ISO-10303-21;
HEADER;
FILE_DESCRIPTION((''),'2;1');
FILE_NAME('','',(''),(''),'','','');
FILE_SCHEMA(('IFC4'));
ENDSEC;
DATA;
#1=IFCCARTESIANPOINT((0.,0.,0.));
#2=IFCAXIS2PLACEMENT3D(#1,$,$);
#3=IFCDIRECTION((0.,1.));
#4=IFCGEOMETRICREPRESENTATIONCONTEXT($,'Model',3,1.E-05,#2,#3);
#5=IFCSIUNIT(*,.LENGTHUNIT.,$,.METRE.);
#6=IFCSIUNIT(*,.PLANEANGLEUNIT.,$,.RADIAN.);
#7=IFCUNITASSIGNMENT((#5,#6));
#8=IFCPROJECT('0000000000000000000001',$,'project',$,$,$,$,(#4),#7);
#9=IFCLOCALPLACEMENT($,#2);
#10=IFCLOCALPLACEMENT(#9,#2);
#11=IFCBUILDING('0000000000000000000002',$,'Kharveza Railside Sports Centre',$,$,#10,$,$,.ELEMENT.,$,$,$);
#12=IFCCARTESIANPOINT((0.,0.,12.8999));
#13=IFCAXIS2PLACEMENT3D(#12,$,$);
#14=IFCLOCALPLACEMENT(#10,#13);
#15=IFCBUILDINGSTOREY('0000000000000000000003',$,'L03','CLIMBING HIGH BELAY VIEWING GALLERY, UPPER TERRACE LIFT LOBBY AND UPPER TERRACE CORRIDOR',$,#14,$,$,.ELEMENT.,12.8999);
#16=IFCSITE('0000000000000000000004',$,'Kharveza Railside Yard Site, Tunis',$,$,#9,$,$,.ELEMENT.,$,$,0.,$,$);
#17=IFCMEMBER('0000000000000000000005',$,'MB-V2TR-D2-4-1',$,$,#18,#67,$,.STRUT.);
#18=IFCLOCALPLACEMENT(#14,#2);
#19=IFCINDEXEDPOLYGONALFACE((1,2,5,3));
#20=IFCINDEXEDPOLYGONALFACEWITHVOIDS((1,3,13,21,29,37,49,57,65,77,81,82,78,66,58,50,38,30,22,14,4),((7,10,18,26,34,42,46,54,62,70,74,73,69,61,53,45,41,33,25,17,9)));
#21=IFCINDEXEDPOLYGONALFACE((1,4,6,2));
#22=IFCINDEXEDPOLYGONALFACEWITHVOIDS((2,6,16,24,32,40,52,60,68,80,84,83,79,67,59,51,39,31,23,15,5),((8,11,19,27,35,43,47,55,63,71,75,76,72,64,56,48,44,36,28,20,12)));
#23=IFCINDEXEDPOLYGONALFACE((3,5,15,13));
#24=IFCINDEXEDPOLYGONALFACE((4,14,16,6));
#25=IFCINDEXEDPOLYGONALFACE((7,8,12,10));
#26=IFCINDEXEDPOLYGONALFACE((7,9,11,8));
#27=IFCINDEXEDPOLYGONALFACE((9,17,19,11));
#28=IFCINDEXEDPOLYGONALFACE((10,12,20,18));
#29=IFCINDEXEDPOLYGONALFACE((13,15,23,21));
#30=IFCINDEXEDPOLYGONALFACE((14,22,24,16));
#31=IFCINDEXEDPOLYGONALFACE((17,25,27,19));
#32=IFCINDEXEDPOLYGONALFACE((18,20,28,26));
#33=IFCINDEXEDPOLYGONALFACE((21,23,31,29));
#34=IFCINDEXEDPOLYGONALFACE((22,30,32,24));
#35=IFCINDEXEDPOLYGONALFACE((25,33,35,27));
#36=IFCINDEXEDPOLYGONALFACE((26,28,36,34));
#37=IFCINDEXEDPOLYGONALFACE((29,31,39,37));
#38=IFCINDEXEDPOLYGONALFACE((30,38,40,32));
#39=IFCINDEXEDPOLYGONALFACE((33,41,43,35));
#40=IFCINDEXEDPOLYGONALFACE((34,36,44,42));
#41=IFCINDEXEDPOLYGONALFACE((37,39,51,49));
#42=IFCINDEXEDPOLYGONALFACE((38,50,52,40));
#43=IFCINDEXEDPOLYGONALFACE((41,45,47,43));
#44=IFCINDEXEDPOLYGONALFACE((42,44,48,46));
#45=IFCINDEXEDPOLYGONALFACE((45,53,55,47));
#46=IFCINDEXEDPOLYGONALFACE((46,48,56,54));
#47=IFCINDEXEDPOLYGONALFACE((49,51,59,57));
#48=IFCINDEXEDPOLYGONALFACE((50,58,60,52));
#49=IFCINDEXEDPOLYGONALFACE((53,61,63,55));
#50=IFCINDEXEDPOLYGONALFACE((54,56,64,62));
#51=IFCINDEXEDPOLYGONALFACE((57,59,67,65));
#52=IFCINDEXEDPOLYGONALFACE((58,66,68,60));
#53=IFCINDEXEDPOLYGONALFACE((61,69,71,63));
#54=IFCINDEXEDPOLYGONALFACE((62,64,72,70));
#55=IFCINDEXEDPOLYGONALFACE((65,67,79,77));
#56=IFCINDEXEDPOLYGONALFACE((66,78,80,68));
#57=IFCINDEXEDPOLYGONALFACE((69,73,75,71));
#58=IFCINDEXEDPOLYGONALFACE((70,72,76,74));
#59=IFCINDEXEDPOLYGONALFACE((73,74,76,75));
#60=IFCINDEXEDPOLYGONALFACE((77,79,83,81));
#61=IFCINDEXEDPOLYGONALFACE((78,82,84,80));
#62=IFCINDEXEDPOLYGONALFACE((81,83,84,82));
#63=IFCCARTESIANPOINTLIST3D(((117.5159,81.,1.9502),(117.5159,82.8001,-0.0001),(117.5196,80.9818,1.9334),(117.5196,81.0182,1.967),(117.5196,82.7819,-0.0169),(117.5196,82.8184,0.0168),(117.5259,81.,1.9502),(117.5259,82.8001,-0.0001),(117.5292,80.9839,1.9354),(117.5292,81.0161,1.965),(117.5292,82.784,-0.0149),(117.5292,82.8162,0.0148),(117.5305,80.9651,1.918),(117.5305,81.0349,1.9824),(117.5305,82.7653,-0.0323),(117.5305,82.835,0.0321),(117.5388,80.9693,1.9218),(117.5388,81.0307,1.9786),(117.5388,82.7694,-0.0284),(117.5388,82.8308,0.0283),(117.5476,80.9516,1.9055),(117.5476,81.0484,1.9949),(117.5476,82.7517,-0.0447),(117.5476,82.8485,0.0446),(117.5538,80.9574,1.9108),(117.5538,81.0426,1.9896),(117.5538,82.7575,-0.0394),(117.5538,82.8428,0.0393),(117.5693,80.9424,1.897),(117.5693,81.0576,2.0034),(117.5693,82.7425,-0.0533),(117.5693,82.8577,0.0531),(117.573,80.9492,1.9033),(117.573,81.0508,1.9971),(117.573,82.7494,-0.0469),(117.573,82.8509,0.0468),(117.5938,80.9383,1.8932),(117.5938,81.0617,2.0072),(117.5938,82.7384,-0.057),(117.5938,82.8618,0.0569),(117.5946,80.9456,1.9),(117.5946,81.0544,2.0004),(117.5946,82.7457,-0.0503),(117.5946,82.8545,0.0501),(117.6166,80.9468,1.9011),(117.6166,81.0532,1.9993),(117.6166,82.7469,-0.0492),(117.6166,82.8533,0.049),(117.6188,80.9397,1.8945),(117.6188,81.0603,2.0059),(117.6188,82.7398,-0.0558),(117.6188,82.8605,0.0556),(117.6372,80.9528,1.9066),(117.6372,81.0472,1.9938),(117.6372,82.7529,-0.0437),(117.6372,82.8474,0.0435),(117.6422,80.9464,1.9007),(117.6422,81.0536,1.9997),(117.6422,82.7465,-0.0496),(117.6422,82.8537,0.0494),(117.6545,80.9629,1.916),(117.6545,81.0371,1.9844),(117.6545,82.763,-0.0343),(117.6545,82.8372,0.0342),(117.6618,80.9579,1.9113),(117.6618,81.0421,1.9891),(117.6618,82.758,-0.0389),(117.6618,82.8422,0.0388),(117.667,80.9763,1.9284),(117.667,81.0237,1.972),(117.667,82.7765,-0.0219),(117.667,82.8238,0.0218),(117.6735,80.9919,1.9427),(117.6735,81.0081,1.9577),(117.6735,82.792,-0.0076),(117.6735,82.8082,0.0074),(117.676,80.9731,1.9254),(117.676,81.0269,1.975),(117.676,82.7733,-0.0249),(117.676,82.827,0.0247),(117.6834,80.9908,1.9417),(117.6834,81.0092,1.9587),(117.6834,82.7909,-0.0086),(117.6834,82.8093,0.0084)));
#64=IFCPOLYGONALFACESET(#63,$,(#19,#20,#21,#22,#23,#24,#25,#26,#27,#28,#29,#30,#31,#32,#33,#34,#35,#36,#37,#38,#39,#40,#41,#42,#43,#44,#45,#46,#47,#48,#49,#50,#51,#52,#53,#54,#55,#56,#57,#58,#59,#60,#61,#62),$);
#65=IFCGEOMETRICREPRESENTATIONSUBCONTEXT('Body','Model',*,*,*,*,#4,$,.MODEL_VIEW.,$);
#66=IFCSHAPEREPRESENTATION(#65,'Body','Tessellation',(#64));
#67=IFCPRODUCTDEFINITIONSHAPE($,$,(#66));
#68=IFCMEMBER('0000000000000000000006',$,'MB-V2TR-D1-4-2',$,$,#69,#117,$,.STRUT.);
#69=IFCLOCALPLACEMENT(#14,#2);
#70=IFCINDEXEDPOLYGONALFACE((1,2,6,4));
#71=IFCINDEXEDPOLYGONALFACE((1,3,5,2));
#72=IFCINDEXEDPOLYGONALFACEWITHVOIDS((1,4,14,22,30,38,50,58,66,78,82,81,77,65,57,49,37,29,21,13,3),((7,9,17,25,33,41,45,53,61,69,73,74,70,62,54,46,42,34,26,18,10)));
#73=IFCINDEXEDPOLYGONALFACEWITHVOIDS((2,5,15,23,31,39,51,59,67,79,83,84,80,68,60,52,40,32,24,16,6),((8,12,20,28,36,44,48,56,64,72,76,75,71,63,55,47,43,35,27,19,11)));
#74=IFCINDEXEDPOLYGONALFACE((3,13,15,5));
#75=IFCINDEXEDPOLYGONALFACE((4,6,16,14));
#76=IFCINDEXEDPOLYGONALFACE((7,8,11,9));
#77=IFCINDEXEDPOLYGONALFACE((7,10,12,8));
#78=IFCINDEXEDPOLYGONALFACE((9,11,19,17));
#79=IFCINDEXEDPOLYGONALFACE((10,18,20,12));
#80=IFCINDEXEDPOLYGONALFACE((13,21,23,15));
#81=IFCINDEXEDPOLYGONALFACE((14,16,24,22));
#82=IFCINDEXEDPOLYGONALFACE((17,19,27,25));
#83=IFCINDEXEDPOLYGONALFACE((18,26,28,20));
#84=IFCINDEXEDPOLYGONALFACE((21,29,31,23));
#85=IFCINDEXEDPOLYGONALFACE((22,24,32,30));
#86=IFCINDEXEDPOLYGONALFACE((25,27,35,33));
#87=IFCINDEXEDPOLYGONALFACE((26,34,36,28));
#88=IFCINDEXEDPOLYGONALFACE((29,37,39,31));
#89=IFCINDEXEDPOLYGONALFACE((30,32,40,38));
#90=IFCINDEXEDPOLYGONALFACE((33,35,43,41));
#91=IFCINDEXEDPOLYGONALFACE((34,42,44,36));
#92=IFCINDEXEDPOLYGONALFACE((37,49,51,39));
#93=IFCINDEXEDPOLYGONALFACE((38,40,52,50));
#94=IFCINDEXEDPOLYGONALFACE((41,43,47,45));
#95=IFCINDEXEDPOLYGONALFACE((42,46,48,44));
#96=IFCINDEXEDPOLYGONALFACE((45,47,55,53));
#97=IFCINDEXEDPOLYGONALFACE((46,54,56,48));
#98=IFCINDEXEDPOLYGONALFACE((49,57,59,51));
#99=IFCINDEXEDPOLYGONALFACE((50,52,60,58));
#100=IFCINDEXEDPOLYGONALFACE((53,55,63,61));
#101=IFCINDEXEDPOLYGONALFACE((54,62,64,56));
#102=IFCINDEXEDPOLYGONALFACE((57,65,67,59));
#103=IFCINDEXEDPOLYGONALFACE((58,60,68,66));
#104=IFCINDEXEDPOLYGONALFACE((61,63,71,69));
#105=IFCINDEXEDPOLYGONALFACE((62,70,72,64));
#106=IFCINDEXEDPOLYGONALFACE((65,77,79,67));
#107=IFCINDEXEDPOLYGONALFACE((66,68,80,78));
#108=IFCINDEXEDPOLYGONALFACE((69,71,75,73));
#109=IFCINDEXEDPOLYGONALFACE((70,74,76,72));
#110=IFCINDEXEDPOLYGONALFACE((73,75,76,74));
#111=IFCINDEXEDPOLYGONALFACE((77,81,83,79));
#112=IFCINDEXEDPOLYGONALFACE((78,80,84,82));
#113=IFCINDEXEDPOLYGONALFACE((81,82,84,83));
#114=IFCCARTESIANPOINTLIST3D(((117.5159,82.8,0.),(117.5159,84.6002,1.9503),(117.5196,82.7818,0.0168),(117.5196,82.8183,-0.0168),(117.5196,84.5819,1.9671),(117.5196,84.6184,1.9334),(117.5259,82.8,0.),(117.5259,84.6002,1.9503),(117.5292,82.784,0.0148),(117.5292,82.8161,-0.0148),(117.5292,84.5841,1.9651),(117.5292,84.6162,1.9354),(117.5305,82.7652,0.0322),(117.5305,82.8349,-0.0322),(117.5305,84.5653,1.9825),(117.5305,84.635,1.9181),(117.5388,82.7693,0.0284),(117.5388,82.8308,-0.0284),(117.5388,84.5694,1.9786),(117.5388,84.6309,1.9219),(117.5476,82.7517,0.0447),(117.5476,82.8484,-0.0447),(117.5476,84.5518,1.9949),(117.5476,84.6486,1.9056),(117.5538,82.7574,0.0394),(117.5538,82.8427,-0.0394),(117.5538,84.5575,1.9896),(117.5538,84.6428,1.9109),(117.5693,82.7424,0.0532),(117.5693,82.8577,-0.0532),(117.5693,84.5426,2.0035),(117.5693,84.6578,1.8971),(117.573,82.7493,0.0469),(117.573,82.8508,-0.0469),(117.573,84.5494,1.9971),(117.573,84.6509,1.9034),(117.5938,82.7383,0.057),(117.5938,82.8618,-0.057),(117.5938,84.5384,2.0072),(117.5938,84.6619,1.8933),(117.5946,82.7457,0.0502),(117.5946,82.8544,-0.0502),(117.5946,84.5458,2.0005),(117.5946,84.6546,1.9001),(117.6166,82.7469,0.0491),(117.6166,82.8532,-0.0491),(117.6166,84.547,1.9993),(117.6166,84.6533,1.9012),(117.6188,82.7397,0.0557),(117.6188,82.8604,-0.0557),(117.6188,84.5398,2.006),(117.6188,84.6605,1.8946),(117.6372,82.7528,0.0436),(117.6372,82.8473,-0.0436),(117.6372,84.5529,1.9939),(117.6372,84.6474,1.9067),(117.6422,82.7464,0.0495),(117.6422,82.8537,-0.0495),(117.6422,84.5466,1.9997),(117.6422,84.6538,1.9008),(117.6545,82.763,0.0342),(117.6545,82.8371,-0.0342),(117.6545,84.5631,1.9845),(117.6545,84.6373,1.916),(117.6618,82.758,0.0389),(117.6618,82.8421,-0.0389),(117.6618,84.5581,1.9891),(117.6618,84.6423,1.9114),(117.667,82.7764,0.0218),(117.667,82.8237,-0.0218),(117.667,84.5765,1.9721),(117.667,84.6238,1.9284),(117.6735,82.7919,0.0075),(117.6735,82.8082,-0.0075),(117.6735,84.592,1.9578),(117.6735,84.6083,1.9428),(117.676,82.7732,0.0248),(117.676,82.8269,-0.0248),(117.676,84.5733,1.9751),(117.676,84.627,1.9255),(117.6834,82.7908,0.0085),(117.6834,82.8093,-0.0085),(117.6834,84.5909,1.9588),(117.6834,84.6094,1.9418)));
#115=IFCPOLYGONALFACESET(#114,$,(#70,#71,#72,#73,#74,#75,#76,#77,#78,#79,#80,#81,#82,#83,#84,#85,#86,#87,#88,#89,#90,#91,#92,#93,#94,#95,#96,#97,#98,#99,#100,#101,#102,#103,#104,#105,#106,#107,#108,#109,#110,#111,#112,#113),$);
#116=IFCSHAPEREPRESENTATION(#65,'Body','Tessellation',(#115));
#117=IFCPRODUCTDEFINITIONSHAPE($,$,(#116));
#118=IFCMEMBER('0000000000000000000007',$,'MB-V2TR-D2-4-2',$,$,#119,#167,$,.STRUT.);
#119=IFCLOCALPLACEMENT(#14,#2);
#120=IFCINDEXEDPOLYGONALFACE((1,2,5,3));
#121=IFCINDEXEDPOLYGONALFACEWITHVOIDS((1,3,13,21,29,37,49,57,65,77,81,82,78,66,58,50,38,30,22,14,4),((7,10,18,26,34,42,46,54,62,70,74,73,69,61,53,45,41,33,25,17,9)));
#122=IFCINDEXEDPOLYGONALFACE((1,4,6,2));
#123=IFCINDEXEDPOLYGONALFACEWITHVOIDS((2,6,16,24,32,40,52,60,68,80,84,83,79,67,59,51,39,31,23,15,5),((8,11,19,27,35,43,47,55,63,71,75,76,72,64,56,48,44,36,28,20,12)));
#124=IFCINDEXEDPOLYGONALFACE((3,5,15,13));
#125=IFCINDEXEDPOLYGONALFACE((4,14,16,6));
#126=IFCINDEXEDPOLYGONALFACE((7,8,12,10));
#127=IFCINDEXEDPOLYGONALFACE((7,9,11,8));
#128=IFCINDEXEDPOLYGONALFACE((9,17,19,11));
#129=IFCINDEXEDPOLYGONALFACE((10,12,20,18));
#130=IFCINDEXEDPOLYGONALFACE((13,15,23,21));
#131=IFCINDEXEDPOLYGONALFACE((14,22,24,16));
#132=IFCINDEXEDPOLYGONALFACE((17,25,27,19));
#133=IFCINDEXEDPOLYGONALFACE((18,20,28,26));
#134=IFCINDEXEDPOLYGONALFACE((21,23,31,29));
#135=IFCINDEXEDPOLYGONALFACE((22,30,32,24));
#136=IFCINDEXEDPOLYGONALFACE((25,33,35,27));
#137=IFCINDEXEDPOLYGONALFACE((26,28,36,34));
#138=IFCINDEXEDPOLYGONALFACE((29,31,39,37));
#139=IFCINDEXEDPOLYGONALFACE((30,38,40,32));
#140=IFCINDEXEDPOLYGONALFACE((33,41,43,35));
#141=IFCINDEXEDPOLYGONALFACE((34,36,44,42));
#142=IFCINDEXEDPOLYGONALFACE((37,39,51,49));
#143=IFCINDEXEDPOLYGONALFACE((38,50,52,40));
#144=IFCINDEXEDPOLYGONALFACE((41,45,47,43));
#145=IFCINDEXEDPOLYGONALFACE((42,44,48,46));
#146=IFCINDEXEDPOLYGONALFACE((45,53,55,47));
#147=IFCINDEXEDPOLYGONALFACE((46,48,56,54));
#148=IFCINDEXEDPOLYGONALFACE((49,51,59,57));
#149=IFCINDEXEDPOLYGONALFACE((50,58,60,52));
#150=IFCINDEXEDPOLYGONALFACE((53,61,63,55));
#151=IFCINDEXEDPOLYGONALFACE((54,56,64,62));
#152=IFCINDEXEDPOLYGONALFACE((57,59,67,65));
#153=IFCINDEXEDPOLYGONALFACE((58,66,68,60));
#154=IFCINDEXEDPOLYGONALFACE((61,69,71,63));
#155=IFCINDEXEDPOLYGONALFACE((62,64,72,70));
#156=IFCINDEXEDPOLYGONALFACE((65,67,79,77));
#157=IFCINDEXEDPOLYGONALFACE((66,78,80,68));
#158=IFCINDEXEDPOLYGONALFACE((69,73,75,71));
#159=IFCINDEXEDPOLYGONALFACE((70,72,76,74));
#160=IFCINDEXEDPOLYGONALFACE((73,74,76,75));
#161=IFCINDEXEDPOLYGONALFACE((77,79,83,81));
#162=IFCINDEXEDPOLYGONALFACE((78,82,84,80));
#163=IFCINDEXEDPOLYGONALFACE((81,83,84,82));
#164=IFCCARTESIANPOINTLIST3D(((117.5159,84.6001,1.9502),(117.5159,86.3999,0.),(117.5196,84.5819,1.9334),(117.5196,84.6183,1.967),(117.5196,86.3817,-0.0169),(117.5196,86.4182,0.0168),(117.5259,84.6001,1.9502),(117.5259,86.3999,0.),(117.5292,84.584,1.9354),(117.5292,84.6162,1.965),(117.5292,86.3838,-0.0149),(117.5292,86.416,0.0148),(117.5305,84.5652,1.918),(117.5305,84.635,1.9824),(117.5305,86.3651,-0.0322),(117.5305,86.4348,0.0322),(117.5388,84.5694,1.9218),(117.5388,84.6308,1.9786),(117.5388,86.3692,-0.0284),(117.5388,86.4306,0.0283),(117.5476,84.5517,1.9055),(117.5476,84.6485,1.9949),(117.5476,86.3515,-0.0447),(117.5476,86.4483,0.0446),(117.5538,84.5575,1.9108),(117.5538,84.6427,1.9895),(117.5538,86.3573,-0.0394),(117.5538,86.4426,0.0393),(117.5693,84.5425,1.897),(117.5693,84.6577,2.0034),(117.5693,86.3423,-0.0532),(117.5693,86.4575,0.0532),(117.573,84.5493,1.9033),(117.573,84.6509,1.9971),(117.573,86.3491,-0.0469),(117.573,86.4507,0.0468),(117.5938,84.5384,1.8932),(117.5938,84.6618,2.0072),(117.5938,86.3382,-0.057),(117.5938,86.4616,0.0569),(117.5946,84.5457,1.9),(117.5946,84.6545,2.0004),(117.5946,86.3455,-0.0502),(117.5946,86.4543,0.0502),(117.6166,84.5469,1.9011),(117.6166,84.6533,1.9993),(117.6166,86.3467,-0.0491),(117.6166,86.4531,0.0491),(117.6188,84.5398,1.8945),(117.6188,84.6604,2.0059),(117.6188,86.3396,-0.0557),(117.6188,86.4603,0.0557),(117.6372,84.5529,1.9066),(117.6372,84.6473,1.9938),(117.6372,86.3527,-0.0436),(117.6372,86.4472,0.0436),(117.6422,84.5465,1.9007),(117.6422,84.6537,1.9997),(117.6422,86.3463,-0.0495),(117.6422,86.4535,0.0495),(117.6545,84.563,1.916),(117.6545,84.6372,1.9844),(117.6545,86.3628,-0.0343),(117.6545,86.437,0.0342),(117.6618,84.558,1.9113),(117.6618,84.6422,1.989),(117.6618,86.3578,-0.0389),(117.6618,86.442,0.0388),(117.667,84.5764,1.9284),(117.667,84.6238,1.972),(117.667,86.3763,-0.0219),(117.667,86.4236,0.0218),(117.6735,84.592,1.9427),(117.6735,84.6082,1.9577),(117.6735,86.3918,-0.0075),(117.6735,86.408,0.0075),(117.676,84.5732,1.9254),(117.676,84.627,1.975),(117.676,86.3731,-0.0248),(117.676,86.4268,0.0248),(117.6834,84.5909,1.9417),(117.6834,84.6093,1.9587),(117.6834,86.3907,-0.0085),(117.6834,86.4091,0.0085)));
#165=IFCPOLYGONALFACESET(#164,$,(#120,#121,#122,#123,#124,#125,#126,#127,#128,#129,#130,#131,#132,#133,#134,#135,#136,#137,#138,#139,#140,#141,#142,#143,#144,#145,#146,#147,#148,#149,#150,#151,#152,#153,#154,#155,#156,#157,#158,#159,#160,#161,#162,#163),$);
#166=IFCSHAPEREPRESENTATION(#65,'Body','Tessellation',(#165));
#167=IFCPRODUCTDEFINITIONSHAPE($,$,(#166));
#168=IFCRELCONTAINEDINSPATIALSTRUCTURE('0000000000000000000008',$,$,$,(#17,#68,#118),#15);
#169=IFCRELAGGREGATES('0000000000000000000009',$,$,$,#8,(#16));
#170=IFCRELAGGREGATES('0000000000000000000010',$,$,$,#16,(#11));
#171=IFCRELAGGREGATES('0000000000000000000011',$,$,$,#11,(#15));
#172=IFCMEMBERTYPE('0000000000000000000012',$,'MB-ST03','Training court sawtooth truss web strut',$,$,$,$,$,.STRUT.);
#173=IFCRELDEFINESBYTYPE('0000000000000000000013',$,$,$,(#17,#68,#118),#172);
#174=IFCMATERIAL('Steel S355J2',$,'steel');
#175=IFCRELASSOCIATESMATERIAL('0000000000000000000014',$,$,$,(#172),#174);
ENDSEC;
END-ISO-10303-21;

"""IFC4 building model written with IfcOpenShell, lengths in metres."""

from ifc_helpers import new_model, si_unit, direction, frame, origin, origin_2d, place, context, subcontext, project, spatial, hollow_circle, extrude, material, material_profile, profile_set, type_object, element, save


model = new_model("IFC4")

# Units and contexts
model_context = context("Model", 3, precision=1e-05, world=origin(), true_north=direction((0.0, 1.0)))
body_context = subcontext(model_context, "Body", "Model", "MODEL_VIEW")
ifc_project = project(units=[si_unit("LENGTHUNIT", "METRE"), si_unit("PLANEANGLEUNIT", "RADIAN")], contexts=[model_context])

# Site, building, storey
site_placement = place(None, origin())
site = spatial("IfcSite", under=ifc_project, at=site_placement, Name="Kharveza Railside Yard Site, Tunis", CompositionType="ELEMENT", RefElevation=0.0)
building_placement = place(site_placement, origin())
building = spatial("IfcBuilding", under=site, at=building_placement, Name="Kharveza Railside Sports Centre", CompositionType="ELEMENT")
storey_placement = place(building_placement, frame((0.0, 0.0, 12.8999)))
storey = spatial("IfcBuildingStorey", under=building, at=storey_placement, Name="L03", Description="CLIMBING HIGH BELAY VIEWING GALLERY, UPPER TERRACE LIFT LOBBY AND UPPER TERRACE CORRIDOR", CompositionType="ELEMENT", Elevation=12.8999)

# Shared definitions
ifc_material_1 = material(Name="Steel S355J2", Category="steel")

# Members
ifc_material_profile_1 = material_profile(ifc_material_1, hollow_circle(Radius=0.0842, WallThickness=0.01, at=origin_2d()), Name="CHS 168.3x10.0")
ifc_profile_set_1 = profile_set([ifc_material_profile_1], Name="Steel S355J2")
member_type_1 = type_object("IfcMemberType", Name="MB-ST03", Description="Training court sawtooth truss web strut", PredefinedType="STRUT", material=ifc_profile_set_1)
for number, where, z_axis, x_axis, name in (
    (1, (117.6001, 81.0, 1.9502), (0.0, 0.678253, -0.734828), (-1.0, 0.0, 0.0), "MB-V2TR-D2-4-1"),
    (2, (117.6001, 82.8, 0.0), (0.0, 0.678253, 0.734828), (-1.0, 0.0, 0.0), "MB-V2TR-D1-4-2"),
):
    element("IfcMember", number, at=place(storey_placement, frame(where, z_axis=z_axis, x_axis=x_axis)), inside=storey, type_object=member_type_1, Name=name, PredefinedType="STRUT", context=body_context, shape_type="SweptSolid", body=[
        extrude(hollow_circle(Radius=0.0842, WallThickness=0.01, at=origin_2d()), origin(), (0.0, 0.0, 1.0), 2.6541),
    ])
member_1_placement = place(storey_placement, frame((117.6001, 84.6001, 1.9502), z_axis=(0.0, 0.678204, -0.734874), x_axis=(-1.0, 0.0, 0.0)))
element("IfcMember", 3, at=member_1_placement, inside=storey, type_object=member_type_1, Name="MB-V2TR-D2-4-2", PredefinedType="STRUT", context=body_context, shape_type="SweptSolid", body=[
    extrude(hollow_circle(Radius=0.0842, WallThickness=0.01, at=origin_2d()), origin(), (0.0, 0.0, 1.0), 2.6538),
])

save(model, "model.ifc")
